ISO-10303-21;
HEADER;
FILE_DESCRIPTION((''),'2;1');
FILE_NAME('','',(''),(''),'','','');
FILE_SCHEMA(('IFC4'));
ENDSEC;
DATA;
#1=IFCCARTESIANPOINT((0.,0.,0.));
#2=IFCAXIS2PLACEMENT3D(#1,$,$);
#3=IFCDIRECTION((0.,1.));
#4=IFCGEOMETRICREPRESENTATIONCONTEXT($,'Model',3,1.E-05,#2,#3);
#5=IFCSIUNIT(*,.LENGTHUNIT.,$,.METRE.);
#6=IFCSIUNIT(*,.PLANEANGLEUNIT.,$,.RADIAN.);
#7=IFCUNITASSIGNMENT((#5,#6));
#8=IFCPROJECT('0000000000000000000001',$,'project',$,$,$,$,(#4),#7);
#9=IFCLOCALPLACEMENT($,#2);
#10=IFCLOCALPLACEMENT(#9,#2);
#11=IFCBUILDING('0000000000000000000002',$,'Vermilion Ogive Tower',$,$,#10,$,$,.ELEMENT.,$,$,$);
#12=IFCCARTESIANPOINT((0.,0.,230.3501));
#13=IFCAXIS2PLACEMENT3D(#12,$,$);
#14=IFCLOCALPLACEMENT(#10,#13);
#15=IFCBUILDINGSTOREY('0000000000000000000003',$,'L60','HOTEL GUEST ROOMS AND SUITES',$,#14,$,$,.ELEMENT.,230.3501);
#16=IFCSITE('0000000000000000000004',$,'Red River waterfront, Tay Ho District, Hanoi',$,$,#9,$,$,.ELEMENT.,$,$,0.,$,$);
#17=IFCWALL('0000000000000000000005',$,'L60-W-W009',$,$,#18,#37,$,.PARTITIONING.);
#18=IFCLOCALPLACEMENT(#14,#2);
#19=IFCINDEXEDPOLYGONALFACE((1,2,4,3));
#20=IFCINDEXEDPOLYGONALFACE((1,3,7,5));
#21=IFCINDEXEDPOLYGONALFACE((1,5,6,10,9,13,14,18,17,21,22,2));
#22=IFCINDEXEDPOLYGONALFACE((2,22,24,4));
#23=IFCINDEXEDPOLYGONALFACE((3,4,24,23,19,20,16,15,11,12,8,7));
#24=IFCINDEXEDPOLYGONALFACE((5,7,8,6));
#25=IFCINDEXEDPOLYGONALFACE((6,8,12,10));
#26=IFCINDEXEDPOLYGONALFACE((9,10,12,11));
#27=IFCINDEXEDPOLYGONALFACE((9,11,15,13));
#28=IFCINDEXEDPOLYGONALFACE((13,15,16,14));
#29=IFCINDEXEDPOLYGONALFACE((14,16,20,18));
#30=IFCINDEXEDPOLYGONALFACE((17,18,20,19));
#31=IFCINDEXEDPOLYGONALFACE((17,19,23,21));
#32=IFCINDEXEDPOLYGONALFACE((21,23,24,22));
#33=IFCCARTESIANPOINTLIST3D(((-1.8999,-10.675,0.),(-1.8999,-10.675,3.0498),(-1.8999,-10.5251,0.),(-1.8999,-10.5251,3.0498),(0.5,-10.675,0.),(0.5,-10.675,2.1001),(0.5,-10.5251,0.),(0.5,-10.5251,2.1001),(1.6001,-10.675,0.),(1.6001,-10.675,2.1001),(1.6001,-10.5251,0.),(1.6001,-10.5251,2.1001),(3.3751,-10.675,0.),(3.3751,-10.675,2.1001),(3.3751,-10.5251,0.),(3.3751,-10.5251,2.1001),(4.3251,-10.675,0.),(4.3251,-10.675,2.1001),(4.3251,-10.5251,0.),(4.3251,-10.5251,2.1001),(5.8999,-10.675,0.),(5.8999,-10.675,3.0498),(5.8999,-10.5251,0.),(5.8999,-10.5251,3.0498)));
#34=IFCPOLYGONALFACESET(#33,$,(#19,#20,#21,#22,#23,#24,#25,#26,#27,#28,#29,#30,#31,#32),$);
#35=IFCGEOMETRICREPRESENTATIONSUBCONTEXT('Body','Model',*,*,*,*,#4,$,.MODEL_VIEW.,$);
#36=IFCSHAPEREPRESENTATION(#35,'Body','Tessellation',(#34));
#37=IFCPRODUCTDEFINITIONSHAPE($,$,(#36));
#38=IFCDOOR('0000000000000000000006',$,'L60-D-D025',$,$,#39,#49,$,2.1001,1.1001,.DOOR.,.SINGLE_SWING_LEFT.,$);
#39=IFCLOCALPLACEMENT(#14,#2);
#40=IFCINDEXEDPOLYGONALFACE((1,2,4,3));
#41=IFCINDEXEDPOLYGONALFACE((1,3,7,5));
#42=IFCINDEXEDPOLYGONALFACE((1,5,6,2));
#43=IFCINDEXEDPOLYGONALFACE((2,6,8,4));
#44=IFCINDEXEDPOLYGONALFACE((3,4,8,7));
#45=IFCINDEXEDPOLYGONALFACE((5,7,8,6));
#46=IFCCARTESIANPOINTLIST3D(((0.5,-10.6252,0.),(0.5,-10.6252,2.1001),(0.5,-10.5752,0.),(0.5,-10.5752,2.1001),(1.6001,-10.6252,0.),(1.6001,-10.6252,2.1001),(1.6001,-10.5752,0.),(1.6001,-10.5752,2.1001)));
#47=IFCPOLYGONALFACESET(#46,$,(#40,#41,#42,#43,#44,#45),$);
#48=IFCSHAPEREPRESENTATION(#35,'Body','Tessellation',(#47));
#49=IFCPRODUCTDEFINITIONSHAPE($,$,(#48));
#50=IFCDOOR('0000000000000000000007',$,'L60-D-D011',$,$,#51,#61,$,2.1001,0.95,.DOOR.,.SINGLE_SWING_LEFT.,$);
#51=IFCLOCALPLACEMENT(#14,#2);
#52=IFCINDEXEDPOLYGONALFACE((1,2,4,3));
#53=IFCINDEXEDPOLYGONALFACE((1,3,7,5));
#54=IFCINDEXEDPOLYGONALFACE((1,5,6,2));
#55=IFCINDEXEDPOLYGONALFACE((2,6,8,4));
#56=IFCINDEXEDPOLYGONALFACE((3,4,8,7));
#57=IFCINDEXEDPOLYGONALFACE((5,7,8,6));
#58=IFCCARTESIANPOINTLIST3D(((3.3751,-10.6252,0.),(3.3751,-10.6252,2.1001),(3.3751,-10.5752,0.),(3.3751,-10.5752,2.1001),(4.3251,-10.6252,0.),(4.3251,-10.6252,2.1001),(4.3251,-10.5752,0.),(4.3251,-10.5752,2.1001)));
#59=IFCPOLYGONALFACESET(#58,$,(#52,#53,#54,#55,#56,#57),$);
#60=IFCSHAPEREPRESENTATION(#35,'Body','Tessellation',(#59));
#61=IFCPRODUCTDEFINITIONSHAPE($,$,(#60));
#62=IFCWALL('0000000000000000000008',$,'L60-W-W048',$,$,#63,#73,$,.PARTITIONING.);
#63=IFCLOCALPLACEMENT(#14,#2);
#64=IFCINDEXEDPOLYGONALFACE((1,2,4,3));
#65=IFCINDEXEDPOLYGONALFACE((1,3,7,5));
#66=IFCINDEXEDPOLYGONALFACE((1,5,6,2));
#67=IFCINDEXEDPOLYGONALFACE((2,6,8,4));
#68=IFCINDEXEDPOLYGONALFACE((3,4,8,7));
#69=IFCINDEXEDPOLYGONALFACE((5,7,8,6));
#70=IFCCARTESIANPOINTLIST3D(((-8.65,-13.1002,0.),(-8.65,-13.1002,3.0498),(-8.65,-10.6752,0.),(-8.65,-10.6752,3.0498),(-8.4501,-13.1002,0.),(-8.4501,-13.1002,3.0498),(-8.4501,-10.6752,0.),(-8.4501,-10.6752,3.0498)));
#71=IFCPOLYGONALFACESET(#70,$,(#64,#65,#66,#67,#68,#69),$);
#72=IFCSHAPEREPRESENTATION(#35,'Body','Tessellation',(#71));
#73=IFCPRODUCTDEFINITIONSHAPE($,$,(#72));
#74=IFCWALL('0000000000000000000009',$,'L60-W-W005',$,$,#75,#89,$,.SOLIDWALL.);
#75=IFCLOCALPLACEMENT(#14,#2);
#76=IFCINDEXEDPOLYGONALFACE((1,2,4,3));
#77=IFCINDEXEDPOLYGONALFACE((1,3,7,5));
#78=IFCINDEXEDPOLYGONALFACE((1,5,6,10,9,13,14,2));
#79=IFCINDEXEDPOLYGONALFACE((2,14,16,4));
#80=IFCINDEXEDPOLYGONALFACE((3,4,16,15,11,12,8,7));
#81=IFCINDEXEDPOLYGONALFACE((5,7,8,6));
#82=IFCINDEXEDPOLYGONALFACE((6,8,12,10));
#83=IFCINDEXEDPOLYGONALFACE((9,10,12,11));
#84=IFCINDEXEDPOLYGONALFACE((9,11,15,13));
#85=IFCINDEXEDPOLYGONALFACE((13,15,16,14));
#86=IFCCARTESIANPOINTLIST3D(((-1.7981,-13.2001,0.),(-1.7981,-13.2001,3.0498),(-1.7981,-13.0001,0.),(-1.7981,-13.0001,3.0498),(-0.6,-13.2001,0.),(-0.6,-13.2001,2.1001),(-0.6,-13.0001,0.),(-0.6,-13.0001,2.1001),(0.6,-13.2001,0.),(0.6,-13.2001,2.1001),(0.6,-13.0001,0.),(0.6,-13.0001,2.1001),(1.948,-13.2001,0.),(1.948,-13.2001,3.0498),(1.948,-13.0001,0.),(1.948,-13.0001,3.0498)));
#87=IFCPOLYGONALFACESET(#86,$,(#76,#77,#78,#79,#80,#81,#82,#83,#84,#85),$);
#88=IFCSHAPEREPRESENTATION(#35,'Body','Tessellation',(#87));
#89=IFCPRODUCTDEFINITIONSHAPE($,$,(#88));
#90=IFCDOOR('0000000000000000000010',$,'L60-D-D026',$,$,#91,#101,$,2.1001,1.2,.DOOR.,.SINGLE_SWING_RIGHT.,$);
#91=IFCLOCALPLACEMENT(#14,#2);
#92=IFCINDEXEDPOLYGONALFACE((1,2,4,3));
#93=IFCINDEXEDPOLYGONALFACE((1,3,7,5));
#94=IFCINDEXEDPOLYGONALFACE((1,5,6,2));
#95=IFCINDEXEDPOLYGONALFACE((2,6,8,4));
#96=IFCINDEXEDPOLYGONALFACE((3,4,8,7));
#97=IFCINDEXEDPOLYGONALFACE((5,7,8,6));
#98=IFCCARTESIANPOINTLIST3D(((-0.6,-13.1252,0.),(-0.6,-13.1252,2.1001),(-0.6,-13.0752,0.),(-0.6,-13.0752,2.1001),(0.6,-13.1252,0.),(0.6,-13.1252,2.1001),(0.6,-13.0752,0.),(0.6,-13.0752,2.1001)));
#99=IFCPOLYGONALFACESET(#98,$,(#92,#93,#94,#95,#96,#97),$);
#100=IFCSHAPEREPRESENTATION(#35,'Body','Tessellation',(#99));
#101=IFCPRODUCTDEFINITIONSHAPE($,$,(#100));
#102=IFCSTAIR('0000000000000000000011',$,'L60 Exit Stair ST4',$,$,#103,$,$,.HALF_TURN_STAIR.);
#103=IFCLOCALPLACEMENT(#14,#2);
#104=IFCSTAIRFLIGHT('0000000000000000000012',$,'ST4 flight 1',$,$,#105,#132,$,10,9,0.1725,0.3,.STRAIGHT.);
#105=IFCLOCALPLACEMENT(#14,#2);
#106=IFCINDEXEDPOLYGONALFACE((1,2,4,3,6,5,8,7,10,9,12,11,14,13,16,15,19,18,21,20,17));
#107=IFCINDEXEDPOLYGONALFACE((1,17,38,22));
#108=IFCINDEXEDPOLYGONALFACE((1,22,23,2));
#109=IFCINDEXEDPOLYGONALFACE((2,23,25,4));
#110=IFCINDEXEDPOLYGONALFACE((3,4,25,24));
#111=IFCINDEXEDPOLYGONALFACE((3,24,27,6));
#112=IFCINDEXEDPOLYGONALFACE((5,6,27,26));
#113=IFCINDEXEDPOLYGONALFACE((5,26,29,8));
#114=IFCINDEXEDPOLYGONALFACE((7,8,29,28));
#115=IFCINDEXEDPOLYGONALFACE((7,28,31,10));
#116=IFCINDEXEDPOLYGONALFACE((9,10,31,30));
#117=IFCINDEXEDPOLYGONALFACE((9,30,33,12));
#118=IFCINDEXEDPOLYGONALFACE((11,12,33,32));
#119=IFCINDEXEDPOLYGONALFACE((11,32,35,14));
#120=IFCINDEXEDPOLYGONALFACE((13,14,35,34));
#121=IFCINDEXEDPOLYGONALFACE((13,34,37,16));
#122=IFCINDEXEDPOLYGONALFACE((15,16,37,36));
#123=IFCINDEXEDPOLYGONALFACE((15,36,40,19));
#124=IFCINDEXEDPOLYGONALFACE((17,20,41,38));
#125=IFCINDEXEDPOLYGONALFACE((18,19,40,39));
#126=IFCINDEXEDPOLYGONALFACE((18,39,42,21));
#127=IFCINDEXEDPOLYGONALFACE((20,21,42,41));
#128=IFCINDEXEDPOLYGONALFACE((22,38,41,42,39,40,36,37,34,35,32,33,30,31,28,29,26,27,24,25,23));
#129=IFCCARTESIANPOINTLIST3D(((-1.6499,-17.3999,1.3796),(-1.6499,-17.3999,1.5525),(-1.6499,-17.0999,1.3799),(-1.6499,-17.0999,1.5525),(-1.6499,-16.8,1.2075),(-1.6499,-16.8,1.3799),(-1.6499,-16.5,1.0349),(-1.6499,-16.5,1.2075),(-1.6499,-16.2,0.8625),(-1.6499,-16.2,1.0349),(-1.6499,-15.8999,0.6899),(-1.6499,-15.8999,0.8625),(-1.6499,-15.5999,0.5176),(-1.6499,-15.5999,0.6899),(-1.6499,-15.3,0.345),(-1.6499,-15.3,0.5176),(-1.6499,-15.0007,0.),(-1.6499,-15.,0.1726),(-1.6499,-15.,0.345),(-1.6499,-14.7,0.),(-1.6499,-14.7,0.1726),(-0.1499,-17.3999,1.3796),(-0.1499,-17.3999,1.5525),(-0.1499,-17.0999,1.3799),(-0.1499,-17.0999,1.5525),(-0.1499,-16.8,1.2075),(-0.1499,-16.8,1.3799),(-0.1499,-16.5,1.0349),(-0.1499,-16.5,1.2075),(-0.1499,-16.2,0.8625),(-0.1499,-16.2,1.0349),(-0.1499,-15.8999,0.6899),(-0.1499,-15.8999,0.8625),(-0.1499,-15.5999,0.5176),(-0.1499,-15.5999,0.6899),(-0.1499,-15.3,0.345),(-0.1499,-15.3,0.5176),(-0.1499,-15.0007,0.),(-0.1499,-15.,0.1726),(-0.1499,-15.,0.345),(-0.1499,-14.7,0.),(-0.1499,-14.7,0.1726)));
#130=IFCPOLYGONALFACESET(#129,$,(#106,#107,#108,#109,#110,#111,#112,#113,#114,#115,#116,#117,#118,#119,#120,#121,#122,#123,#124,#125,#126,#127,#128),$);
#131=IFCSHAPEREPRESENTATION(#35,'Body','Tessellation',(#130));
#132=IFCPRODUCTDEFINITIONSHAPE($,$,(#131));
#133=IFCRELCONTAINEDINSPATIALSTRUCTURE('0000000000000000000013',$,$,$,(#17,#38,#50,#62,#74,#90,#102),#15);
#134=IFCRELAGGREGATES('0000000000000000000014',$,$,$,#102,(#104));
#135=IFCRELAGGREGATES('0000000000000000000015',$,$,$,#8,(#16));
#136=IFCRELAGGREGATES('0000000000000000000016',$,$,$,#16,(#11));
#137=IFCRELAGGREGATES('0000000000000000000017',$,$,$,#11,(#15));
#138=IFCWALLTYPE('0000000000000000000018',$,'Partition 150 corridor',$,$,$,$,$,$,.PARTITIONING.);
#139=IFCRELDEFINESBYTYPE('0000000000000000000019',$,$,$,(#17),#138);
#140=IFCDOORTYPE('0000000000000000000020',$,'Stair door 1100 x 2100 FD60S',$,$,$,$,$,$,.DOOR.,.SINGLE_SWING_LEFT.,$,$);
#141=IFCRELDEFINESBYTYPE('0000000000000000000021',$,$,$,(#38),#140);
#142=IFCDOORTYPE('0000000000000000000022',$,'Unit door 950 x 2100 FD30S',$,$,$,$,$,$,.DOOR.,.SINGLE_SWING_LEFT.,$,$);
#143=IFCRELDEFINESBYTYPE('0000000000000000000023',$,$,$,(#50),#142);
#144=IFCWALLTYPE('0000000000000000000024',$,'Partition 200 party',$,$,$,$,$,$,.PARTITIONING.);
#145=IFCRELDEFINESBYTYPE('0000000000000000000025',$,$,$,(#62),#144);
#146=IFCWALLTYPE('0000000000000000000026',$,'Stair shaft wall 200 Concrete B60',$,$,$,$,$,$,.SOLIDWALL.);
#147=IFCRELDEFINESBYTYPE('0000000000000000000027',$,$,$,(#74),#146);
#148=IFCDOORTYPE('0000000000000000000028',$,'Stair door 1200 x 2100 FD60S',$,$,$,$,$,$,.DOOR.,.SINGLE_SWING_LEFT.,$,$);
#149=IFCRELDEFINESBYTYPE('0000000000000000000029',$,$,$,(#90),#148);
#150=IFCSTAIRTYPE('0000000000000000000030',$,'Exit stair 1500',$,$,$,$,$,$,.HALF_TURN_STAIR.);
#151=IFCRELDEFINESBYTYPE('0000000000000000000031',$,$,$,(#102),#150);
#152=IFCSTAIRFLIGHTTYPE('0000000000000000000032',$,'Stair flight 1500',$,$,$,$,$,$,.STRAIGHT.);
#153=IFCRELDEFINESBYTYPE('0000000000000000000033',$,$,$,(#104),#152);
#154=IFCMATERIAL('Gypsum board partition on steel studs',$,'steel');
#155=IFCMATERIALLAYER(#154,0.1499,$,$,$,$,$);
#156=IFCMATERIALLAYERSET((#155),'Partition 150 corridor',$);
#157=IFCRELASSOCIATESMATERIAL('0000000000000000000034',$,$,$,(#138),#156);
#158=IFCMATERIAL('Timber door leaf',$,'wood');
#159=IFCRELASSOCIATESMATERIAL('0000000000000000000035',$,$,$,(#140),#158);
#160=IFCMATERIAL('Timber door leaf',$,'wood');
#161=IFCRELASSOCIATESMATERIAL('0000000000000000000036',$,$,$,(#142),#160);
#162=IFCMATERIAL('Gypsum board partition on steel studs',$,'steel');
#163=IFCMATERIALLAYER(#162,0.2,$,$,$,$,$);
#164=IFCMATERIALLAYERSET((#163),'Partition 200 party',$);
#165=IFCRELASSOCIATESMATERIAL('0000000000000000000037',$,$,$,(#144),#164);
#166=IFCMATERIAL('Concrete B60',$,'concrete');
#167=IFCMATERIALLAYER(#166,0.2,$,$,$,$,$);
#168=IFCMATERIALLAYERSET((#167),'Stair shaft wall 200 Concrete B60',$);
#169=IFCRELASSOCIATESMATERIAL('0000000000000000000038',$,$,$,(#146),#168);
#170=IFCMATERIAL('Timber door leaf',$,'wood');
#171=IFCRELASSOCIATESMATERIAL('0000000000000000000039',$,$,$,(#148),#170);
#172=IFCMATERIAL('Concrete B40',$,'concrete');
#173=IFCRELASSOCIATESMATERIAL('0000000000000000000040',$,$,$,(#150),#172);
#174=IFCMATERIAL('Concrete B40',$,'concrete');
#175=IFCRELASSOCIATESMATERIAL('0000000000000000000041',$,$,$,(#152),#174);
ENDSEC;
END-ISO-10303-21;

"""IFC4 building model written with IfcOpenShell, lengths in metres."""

from ifc_helpers import new_model, si_unit, direction, frame, frame_2d, origin, place, context, subcontext, project, spatial, polyline, rectangle, outline, extrude, material, layer, layer_set, type_object, element, fill, aggregate, save


model = new_model("IFC4")

# Units and contexts
model_context = context("Model", 3, precision=1e-05, world=origin(), true_north=direction((0.0, 1.0)))
body_context = subcontext(model_context, "Body", "Model", "MODEL_VIEW")
ifc_project = project(units=[si_unit("LENGTHUNIT", "METRE"), si_unit("PLANEANGLEUNIT", "RADIAN")], contexts=[model_context])

# Site, building, storey
site_placement = place(None, origin())
site = spatial("IfcSite", under=ifc_project, at=site_placement, Name="Red River waterfront, Tay Ho District, Hanoi", CompositionType="ELEMENT", RefElevation=0.0)
building_placement = place(site_placement, origin())
building = spatial("IfcBuilding", under=site, at=building_placement, Name="Vermilion Ogive Tower", CompositionType="ELEMENT")
storey_placement = place(building_placement, frame((0.0, 0.0, 230.3501)))
storey = spatial("IfcBuildingStorey", under=building, at=storey_placement, Name="L60", Description="HOTEL GUEST ROOMS AND SUITES", CompositionType="ELEMENT", Elevation=230.3501)

# Wall, openings, doors
ifc_material_1 = material(Name="Gypsum board partition on steel studs", Category="steel")
ifc_layer_1 = layer(ifc_material_1, 0.1499)
ifc_layer_set_1 = layer_set([ifc_layer_1], Name="Partition 150 corridor")
wall_type_1 = type_object("IfcWallType", Name="Partition 150 corridor", PredefinedType="PARTITIONING", material=ifc_layer_set_1)
wall_1_placement = place(storey_placement, frame((-1.8999, -10.6001, 0.0), z_axis=(0.0, 0.0, 1.0), x_axis=(1.0, 0.0, 0.0)))
wall_1 = element("IfcWall", 1, at=wall_1_placement, inside=storey, type_object=wall_type_1, Name="L60-W-W009", PredefinedType="PARTITIONING", context=body_context, shape_type="SweptSolid", body=[
    extrude(rectangle(XDim=7.7998, YDim=0.1499, at=frame_2d((3.8999, 0.0))), origin(), (0.0, 0.0, 1.0), 3.0498),
])
opening_1_placement = place(wall_1_placement, frame((5.2749, 0.0, 0.0)))
opening_1 = element("IfcOpeningElement", 2, at=opening_1_placement, cuts=wall_1, PredefinedType="OPENING", context=body_context, shape_type="SweptSolid", body=[
    extrude(rectangle(XDim=0.95, YDim=2.1001, at=frame_2d((0.4751, 1.05))), frame((0.0, 0.085, 0.0), z_axis=(0.0, -1.0, 0.0), x_axis=(1.0, 0.0, 0.0)), (0.0, 0.0, 1.0), 0.1699),
])
opening_2_placement = place(wall_1_placement, frame((2.3999, 0.0, 0.0)))
opening_2 = element("IfcOpeningElement", 3, at=opening_2_placement, cuts=wall_1, PredefinedType="OPENING", context=body_context, shape_type="SweptSolid", body=[
    extrude(rectangle(XDim=1.1001, YDim=2.1001, at=frame_2d((0.55, 1.05))), frame((0.0, 0.085, 0.0), z_axis=(0.0, -1.0, 0.0), x_axis=(1.0, 0.0, 0.0)), (0.0, 0.0, 1.0), 0.1699),
])
ifc_material_2 = material(Name="Timber door leaf", Category="wood")
door_type_1 = type_object("IfcDoorType", Name="Stair door 1100 x 2100 FD60S", OperationType="SINGLE_SWING_LEFT", PredefinedType="DOOR", material=ifc_material_2)
door_1_placement = place(opening_2_placement, origin())
door_1 = element("IfcDoor", 4, at=door_1_placement, inside=storey, type_object=door_type_1, Name="L60-D-D025", OperationType="SINGLE_SWING_LEFT", OverallHeight=2.1001, OverallWidth=1.1001, PredefinedType="DOOR", context=body_context, shape_type="SweptSolid", body=[
    extrude(rectangle(XDim=1.1001, YDim=2.1001, at=frame_2d((0.55, 1.05))), frame((0.0, 0.0249, 0.0), z_axis=(0.0, -1.0, 0.0), x_axis=(1.0, 0.0, 0.0)), (0.0, 0.0, 1.0), 0.05),
])
fill(opening_2, door_1)
ifc_material_3 = material(Name="Timber door leaf", Category="wood")
door_type_2 = type_object("IfcDoorType", Name="Unit door 950 x 2100 FD30S", OperationType="SINGLE_SWING_LEFT", PredefinedType="DOOR", material=ifc_material_3)
door_2_placement = place(opening_1_placement, origin())
door_2 = element("IfcDoor", 5, at=door_2_placement, inside=storey, type_object=door_type_2, Name="L60-D-D011", OperationType="SINGLE_SWING_LEFT", OverallHeight=2.1001, OverallWidth=0.95, PredefinedType="DOOR", context=body_context, shape_type="SweptSolid", body=[
    extrude(rectangle(XDim=0.95, YDim=2.1001, at=frame_2d((0.4751, 1.05))), frame((0.0, 0.0249, 0.0), z_axis=(0.0, -1.0, 0.0), x_axis=(1.0, 0.0, 0.0)), (0.0, 0.0, 1.0), 0.05),
])
fill(opening_1, door_2)

# Wall
ifc_material_4 = material(Name="Gypsum board partition on steel studs", Category="steel")
ifc_layer_2 = layer(ifc_material_4, 0.2)
ifc_layer_set_2 = layer_set([ifc_layer_2], Name="Partition 200 party")
wall_type_2 = type_object("IfcWallType", Name="Partition 200 party", PredefinedType="PARTITIONING", material=ifc_layer_set_2)
wall_2_placement = place(storey_placement, frame((-8.55, -13.1001, 0.0), z_axis=(0.0, 0.0, 1.0), x_axis=(0.0, 1.0, 0.0)))
element("IfcWall", 6, at=wall_2_placement, inside=storey, type_object=wall_type_2, Name="L60-W-W048", PredefinedType="PARTITIONING", context=body_context, shape_type="SweptSolid", body=[
    extrude(rectangle(XDim=2.425, YDim=0.2, at=frame_2d((1.2124, 0.0))), origin(), (0.0, 0.0, 1.0), 3.0498),
])

# Wall, opening, door
ifc_material_5 = material(Name="Concrete B60", Category="concrete")
ifc_layer_3 = layer(ifc_material_5, 0.2)
ifc_layer_set_3 = layer_set([ifc_layer_3], Name="Stair shaft wall 200 Concrete B60")
wall_type_3 = type_object("IfcWallType", Name="Stair shaft wall 200 Concrete B60", PredefinedType="SOLIDWALL", material=ifc_layer_set_3)
wall_3_placement = place(storey_placement, frame((-1.7981, -13.1001, 0.0), z_axis=(0.0, 0.0, 1.0), x_axis=(1.0, 0.0, 0.0)))
wall_3 = element("IfcWall", 7, at=wall_3_placement, inside=storey, type_object=wall_type_3, Name="L60-W-W005", PredefinedType="SOLIDWALL", context=body_context, shape_type="SweptSolid", body=[
    extrude(rectangle(XDim=3.7461, YDim=0.2, at=frame_2d((1.873, 0.0))), origin(), (0.0, 0.0, 1.0), 3.0498),
])
opening_3_placement = place(wall_3_placement, frame((1.198, 0.0, 0.0)))
opening_3 = element("IfcOpeningElement", 8, at=opening_3_placement, cuts=wall_3, PredefinedType="OPENING", context=body_context, shape_type="SweptSolid", body=[
    extrude(rectangle(XDim=1.2, YDim=2.1001, at=frame_2d((0.6001, 1.05))), frame((0.0, 0.1099, 0.0), z_axis=(0.0, -1.0, 0.0), x_axis=(1.0, 0.0, 0.0)), (0.0, 0.0, 1.0), 0.22),
])
ifc_material_6 = material(Name="Timber door leaf", Category="wood")
door_type_3 = type_object("IfcDoorType", Name="Stair door 1200 x 2100 FD60S", OperationType="SINGLE_SWING_LEFT", PredefinedType="DOOR", material=ifc_material_6)
door_3_placement = place(opening_3_placement, origin())
door_3 = element("IfcDoor", 9, at=door_3_placement, inside=storey, type_object=door_type_3, Name="L60-D-D026", OperationType="SINGLE_SWING_RIGHT", OverallHeight=2.1001, OverallWidth=1.2, PredefinedType="DOOR", context=body_context, shape_type="SweptSolid", body=[
    extrude(rectangle(XDim=1.2, YDim=2.1001, at=frame_2d((0.6001, 1.05))), frame((0.0, 0.0249, 0.0), z_axis=(0.0, -1.0, 0.0), x_axis=(1.0, 0.0, 0.0)), (0.0, 0.0, 1.0), 0.05),
])
fill(opening_3, door_3)

# Stair, stair flight
ifc_material_7 = material(Name="Concrete B40", Category="concrete")
stair_type = type_object("IfcStairType", Name="Exit stair 1500", PredefinedType="HALF_TURN_STAIR", material=ifc_material_7)
stair_placement = place(storey_placement, origin())
stair = element("IfcStair", 10, at=stair_placement, inside=storey, type_object=stair_type, Name="L60 Exit Stair ST4", PredefinedType="HALF_TURN_STAIR")
ifc_material_8 = material(Name="Concrete B40", Category="concrete")
stair_flight_type = type_object("IfcStairFlightType", Name="Stair flight 1500", PredefinedType="STRAIGHT", material=ifc_material_8)
stair_flight_placement = place(storey_placement, frame((-0.8999, -14.7, 0.0), z_axis=(0.0, 0.0, 1.0), x_axis=(0.0, -1.0, 0.0)))
stair_flight = element("IfcStairFlight", 11, at=stair_flight_placement, type_object=stair_flight_type, Name="ST4 flight 1", NumberOfRisers=10, NumberOfTreads=9, PredefinedType="STRAIGHT", RiserHeight=0.1725, TreadLength=0.3, context=body_context, shape_type="SweptSolid", body=[
    extrude(outline(polyline([(0.0, 0.0), (0.0, 0.1726), (0.3, 0.1726), (0.3, 0.345), (0.6001, 0.345), (0.6001, 0.5176), (0.8999, 0.5176), (0.8999, 0.6899), (1.2, 0.6899), (1.2, 0.8625), (1.5, 0.8625), (1.5, 1.0349), (1.8, 1.0349), (1.8, 1.2075), (2.1001, 1.2075), (2.1001, 1.3799), (2.3999, 1.3799), (2.3999, 1.5525), (2.7, 1.5525), (2.7, 1.7251), (2.7, 1.3796), (0.3008, 0.0), (0.0, 0.0)])), frame((0.0, 0.75, 0.0), z_axis=(0.0, -1.0, 0.0), x_axis=(1.0, 0.0, 0.0)), (0.0, 0.0, 1.0), 1.5),
])
aggregate(stair, [stair_flight])

save(model, "model.ifc")
